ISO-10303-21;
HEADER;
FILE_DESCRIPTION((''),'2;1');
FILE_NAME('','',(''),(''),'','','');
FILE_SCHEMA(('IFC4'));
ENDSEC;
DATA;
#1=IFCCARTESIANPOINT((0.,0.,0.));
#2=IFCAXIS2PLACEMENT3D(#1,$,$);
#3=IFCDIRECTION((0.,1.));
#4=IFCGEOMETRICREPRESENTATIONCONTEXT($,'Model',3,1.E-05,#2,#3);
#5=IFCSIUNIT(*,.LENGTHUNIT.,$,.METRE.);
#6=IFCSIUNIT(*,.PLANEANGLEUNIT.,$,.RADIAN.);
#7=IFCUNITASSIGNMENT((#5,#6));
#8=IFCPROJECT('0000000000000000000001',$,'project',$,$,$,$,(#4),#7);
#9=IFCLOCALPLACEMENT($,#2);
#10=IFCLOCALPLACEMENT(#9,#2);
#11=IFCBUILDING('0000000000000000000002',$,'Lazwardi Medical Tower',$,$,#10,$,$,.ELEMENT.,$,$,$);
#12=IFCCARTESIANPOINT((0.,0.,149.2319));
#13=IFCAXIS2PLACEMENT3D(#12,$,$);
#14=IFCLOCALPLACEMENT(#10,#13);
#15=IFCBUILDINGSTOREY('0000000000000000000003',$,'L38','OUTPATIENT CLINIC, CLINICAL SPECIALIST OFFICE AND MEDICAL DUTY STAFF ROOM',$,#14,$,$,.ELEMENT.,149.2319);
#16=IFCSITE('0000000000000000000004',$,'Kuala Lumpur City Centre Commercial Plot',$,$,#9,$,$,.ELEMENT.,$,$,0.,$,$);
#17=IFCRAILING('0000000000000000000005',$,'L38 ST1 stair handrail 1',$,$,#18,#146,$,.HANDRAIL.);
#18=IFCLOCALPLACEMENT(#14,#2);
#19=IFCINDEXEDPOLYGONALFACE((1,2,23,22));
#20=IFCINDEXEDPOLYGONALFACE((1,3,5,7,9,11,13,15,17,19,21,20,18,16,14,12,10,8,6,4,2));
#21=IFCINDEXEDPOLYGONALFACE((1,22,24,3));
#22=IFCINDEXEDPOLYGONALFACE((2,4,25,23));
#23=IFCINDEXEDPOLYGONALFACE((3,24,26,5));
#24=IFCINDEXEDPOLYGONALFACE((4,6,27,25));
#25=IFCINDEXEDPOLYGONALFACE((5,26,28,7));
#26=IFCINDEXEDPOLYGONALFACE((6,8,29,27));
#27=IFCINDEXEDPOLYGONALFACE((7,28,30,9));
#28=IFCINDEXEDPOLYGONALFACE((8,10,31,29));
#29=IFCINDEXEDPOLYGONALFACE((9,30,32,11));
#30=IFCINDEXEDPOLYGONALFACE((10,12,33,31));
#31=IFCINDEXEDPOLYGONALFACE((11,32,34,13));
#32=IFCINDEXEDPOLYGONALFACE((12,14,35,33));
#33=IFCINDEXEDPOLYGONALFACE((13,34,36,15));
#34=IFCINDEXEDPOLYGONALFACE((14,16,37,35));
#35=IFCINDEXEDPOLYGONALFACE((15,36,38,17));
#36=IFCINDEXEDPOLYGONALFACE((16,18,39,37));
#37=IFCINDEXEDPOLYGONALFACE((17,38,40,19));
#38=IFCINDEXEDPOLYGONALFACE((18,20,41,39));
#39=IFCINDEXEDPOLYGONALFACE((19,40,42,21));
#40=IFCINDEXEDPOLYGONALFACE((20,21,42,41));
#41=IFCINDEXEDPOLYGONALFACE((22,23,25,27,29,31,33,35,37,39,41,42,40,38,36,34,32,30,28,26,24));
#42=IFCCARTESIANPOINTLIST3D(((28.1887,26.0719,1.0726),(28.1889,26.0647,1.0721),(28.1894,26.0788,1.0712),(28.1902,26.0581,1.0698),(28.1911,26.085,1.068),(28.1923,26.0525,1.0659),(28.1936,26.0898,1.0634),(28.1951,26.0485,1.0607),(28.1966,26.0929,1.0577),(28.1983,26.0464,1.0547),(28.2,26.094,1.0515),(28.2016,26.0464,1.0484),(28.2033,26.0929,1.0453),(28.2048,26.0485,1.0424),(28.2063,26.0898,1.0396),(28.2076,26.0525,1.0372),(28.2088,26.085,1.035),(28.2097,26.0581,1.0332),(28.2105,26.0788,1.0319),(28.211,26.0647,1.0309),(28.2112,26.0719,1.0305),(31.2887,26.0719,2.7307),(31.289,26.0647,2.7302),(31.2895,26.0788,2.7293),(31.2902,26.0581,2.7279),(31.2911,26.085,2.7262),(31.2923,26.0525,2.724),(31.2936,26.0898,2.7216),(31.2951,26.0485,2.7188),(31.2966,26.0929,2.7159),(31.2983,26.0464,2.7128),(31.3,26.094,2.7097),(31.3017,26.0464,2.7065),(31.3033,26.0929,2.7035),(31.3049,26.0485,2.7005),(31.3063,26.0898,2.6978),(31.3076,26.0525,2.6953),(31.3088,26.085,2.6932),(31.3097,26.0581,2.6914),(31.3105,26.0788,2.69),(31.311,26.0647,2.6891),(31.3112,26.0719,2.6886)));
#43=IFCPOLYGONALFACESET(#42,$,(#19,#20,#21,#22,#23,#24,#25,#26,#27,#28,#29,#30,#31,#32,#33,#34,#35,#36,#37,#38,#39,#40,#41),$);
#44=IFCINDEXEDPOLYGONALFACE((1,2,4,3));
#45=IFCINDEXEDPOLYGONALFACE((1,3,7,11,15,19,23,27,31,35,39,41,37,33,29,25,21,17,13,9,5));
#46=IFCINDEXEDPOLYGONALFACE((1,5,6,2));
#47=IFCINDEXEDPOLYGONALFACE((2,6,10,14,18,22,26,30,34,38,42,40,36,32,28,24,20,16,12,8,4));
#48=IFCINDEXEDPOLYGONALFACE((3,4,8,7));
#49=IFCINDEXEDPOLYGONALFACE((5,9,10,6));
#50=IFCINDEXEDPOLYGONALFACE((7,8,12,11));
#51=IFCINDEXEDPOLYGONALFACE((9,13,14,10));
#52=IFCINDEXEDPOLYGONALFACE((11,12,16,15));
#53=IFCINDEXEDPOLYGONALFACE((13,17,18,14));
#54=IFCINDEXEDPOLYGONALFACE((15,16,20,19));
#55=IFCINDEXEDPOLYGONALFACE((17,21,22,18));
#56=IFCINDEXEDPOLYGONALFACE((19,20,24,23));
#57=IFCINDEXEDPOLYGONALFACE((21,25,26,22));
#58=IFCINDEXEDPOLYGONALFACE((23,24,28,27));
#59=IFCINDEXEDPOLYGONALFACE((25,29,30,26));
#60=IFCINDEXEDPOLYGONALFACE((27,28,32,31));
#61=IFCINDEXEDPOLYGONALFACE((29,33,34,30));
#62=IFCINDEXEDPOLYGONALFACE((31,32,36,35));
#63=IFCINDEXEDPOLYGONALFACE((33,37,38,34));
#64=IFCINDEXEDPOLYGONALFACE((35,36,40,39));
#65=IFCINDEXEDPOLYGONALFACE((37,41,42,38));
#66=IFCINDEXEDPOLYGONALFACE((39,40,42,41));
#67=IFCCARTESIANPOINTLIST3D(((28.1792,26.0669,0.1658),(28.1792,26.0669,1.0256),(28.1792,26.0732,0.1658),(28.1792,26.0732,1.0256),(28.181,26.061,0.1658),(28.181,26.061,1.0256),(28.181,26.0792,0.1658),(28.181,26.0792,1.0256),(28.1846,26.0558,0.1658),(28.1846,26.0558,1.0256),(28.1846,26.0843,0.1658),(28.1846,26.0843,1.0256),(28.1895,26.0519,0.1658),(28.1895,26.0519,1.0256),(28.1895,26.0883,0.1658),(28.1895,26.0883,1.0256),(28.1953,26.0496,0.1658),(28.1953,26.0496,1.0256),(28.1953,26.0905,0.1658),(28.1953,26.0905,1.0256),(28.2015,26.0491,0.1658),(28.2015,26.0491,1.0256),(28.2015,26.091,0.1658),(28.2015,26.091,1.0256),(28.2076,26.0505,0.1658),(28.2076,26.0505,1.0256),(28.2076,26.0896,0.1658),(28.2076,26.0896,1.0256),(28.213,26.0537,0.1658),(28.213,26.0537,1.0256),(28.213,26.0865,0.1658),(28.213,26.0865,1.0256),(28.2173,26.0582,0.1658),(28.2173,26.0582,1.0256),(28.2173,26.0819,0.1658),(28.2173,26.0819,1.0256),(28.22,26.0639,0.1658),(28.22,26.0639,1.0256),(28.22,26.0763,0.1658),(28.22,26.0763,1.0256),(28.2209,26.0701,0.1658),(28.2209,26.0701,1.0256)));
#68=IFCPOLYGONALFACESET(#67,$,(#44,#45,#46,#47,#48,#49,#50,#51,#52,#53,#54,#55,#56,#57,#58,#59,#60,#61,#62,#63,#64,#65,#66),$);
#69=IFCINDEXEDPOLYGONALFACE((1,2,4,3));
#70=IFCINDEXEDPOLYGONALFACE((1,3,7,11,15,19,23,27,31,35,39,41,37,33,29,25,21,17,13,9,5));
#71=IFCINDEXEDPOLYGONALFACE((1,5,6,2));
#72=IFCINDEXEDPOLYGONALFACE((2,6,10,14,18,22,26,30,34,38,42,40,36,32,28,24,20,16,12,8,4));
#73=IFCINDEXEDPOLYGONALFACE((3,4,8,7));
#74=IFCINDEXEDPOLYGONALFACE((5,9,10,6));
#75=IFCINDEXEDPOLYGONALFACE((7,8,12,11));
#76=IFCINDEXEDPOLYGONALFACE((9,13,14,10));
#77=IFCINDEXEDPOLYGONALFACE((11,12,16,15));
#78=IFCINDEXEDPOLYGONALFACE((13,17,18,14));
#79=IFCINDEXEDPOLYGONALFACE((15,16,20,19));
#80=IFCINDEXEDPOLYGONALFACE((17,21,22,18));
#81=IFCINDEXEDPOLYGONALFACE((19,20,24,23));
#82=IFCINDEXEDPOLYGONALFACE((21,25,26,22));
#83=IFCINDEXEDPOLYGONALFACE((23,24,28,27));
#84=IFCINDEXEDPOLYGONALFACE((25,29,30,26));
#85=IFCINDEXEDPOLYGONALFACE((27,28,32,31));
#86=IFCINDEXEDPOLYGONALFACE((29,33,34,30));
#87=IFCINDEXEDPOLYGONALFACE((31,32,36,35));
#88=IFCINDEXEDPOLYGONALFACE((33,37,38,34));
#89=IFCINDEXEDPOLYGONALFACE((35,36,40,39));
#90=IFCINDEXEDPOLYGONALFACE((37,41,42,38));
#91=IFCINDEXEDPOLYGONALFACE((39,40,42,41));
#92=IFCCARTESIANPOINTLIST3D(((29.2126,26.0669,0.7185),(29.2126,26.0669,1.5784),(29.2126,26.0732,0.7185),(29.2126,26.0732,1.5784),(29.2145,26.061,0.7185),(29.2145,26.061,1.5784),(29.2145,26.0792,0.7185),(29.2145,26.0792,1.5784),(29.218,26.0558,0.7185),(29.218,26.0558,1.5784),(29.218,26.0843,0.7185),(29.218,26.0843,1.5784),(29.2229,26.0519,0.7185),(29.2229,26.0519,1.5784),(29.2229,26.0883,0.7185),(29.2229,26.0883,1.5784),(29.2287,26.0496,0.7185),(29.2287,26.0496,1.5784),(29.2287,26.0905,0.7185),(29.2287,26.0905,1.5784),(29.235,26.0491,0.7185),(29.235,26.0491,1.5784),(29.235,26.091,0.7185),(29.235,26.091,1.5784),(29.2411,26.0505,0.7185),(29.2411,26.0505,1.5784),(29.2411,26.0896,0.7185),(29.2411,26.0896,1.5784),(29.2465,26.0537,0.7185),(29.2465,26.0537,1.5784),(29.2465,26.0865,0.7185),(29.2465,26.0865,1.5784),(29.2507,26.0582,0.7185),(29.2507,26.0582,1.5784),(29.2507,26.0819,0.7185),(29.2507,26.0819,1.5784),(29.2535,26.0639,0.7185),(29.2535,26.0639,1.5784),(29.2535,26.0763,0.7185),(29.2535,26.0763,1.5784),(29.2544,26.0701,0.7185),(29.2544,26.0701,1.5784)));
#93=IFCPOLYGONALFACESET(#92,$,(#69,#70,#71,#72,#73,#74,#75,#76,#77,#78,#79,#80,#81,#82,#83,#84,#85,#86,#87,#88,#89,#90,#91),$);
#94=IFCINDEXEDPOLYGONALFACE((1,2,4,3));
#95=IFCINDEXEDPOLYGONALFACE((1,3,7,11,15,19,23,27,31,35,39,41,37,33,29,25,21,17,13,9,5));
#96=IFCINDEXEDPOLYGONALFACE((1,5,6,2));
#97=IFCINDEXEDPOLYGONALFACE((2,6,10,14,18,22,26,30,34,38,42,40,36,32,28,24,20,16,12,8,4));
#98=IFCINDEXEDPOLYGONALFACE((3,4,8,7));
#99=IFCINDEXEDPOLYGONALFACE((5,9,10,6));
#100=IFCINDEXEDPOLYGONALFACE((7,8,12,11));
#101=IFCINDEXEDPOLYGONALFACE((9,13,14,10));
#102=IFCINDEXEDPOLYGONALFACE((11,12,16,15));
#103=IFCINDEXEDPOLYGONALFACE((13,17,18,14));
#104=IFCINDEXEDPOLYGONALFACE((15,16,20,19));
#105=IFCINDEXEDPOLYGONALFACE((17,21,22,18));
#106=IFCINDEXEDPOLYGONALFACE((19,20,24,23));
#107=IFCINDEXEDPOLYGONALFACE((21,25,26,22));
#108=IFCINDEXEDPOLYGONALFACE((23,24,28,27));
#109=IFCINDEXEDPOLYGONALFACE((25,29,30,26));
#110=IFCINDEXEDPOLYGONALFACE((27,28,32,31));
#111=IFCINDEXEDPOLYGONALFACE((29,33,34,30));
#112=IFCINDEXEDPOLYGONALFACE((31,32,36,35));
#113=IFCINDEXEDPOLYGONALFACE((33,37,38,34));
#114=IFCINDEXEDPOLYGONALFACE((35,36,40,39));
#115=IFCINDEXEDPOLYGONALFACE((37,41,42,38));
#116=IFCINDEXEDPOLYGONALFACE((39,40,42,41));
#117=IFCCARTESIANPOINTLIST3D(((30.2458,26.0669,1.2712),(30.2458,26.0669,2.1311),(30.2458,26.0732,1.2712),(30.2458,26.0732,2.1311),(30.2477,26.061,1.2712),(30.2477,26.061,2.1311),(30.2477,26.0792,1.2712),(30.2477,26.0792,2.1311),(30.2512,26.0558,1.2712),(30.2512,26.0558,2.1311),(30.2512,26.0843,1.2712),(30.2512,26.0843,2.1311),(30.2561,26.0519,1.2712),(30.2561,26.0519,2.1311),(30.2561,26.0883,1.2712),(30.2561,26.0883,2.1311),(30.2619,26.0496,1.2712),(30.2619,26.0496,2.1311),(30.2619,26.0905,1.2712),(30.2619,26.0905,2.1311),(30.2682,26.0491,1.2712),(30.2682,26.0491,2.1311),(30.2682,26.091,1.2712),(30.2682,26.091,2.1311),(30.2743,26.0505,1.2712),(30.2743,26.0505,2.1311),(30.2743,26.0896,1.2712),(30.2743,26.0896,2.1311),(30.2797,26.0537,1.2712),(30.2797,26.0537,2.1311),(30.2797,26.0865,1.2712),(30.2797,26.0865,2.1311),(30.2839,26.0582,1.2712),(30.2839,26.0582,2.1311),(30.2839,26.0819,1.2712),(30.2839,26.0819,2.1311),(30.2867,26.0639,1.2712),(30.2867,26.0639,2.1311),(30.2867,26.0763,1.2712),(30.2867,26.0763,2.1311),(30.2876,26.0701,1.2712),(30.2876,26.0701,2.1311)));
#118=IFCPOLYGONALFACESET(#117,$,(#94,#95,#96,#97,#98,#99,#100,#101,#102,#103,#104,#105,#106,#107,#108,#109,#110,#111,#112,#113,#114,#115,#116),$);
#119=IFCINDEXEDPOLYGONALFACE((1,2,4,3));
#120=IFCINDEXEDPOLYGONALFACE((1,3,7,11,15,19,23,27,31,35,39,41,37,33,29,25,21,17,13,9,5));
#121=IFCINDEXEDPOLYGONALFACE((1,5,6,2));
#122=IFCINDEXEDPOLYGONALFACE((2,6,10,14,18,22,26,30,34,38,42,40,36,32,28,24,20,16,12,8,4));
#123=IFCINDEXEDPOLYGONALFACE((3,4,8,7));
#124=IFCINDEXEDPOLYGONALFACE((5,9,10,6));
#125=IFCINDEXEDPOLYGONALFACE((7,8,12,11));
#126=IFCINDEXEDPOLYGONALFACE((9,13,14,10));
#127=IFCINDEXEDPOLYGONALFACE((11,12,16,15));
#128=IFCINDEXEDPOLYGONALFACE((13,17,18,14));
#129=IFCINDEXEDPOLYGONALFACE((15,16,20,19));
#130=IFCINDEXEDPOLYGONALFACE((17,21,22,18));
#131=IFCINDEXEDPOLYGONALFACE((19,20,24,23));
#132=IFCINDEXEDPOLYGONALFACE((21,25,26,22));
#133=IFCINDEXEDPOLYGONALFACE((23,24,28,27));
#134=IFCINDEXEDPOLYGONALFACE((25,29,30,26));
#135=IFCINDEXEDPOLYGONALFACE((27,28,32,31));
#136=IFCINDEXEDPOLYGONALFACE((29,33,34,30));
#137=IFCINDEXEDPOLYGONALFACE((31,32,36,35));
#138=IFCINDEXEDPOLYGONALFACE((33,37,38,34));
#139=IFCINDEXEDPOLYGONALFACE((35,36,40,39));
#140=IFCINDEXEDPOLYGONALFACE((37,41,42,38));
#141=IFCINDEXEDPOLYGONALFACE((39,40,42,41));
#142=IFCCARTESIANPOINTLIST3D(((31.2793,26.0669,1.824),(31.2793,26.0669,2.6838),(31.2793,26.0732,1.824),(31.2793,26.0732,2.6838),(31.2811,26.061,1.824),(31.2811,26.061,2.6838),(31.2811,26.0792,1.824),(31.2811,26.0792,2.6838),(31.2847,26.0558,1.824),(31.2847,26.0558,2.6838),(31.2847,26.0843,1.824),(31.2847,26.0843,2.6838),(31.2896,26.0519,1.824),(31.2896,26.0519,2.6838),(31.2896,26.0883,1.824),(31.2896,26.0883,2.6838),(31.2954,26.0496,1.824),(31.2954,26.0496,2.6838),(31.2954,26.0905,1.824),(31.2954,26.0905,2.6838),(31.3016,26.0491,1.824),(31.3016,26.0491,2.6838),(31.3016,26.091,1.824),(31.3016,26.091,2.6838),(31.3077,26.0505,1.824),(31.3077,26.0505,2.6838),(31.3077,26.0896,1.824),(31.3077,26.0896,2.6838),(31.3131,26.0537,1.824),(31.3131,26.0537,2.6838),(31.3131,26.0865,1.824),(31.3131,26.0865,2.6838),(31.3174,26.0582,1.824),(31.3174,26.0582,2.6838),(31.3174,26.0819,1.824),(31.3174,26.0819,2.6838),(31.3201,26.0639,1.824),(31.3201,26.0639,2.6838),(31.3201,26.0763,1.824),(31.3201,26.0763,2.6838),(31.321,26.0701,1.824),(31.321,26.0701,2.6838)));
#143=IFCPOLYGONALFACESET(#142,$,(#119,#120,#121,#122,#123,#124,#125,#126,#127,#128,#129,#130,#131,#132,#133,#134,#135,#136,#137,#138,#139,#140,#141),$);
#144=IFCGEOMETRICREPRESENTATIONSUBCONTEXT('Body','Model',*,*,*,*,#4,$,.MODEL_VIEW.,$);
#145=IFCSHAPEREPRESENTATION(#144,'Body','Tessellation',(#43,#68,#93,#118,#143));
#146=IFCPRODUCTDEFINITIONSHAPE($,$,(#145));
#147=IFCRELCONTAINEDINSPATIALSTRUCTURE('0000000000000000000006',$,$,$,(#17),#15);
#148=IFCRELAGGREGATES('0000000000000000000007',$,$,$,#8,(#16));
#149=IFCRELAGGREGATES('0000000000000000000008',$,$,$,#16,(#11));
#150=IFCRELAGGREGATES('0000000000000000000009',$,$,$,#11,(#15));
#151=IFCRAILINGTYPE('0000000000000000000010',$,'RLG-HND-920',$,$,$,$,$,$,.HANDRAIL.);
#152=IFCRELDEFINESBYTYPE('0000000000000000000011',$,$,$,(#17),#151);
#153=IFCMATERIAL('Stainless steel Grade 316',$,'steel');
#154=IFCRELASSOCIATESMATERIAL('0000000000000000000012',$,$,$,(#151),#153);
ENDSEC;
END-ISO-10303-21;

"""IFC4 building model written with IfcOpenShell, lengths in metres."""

from ifc_helpers import new_model, si_unit, direction, frame, origin, origin_2d, place, context, subcontext, project, spatial, circle, extrude, material, type_object, element, save


model = new_model("IFC4")

# Units and contexts
model_context = context("Model", 3, precision=1e-05, world=origin(), true_north=direction((0.0, 1.0)))
body_context = subcontext(model_context, "Body", "Model", "MODEL_VIEW")
ifc_project = project(units=[si_unit("LENGTHUNIT", "METRE"), si_unit("PLANEANGLEUNIT", "RADIAN")], contexts=[model_context])

# Site, building, storey
site_placement = place(None, origin())
site = spatial("IfcSite", under=ifc_project, at=site_placement, Name="Kuala Lumpur City Centre Commercial Plot", CompositionType="ELEMENT", RefElevation=0.0)
building_placement = place(site_placement, origin())
building = spatial("IfcBuilding", under=site, at=building_placement, Name="Lazwardi Medical Tower", CompositionType="ELEMENT")
storey_placement = place(building_placement, frame((0.0, 0.0, 149.2319)))
storey = spatial("IfcBuildingStorey", under=building, at=storey_placement, Name="L38", Description="OUTPATIENT CLINIC, CLINICAL SPECIALIST OFFICE AND MEDICAL DUTY STAFF ROOM", CompositionType="ELEMENT", Elevation=149.2319)

# Railing
ifc_material_1 = material(Name="Stainless steel Grade 316", Category="steel")
railing_type_1 = type_object("IfcRailingType", Name="RLG-HND-920", PredefinedType="HANDRAIL", material=ifc_material_1)
railing_1_placement = place(storey_placement, frame((28.2, 26.0701, 0.1658)))
element("IfcRailing", 1, at=railing_1_placement, inside=storey, type_object=railing_type_1, Name="L38 ST1 stair handrail 1", PredefinedType="HANDRAIL", context=body_context, shape_type="SweptSolid", body=[
    extrude(circle(Radius=0.0239, at=origin_2d()), frame((0.0, 0.0, 0.8857), z_axis=(0.881783, 0.0, 0.471655), x_axis=(0.0, 1.0, 0.0)), (0.0, 0.0, 1.0), 3.5156),
    extrude(circle(Radius=0.021, at=origin_2d()), origin(), (0.0, 0.0, 1.0), 0.8599),
    extrude(circle(Radius=0.021, at=origin_2d()), frame((1.0334, 0.0, 0.5527)), (0.0, 0.0, 1.0), 0.8599),
    extrude(circle(Radius=0.021, at=origin_2d()), frame((2.0667, 0.0, 1.1055)), (0.0, 0.0, 1.0), 0.8599),
    extrude(circle(Radius=0.021, at=origin_2d()), frame((3.1001, 0.0, 1.6582)), (0.0, 0.0, 1.0), 0.8599),
])

save(model, "model.ifc")
